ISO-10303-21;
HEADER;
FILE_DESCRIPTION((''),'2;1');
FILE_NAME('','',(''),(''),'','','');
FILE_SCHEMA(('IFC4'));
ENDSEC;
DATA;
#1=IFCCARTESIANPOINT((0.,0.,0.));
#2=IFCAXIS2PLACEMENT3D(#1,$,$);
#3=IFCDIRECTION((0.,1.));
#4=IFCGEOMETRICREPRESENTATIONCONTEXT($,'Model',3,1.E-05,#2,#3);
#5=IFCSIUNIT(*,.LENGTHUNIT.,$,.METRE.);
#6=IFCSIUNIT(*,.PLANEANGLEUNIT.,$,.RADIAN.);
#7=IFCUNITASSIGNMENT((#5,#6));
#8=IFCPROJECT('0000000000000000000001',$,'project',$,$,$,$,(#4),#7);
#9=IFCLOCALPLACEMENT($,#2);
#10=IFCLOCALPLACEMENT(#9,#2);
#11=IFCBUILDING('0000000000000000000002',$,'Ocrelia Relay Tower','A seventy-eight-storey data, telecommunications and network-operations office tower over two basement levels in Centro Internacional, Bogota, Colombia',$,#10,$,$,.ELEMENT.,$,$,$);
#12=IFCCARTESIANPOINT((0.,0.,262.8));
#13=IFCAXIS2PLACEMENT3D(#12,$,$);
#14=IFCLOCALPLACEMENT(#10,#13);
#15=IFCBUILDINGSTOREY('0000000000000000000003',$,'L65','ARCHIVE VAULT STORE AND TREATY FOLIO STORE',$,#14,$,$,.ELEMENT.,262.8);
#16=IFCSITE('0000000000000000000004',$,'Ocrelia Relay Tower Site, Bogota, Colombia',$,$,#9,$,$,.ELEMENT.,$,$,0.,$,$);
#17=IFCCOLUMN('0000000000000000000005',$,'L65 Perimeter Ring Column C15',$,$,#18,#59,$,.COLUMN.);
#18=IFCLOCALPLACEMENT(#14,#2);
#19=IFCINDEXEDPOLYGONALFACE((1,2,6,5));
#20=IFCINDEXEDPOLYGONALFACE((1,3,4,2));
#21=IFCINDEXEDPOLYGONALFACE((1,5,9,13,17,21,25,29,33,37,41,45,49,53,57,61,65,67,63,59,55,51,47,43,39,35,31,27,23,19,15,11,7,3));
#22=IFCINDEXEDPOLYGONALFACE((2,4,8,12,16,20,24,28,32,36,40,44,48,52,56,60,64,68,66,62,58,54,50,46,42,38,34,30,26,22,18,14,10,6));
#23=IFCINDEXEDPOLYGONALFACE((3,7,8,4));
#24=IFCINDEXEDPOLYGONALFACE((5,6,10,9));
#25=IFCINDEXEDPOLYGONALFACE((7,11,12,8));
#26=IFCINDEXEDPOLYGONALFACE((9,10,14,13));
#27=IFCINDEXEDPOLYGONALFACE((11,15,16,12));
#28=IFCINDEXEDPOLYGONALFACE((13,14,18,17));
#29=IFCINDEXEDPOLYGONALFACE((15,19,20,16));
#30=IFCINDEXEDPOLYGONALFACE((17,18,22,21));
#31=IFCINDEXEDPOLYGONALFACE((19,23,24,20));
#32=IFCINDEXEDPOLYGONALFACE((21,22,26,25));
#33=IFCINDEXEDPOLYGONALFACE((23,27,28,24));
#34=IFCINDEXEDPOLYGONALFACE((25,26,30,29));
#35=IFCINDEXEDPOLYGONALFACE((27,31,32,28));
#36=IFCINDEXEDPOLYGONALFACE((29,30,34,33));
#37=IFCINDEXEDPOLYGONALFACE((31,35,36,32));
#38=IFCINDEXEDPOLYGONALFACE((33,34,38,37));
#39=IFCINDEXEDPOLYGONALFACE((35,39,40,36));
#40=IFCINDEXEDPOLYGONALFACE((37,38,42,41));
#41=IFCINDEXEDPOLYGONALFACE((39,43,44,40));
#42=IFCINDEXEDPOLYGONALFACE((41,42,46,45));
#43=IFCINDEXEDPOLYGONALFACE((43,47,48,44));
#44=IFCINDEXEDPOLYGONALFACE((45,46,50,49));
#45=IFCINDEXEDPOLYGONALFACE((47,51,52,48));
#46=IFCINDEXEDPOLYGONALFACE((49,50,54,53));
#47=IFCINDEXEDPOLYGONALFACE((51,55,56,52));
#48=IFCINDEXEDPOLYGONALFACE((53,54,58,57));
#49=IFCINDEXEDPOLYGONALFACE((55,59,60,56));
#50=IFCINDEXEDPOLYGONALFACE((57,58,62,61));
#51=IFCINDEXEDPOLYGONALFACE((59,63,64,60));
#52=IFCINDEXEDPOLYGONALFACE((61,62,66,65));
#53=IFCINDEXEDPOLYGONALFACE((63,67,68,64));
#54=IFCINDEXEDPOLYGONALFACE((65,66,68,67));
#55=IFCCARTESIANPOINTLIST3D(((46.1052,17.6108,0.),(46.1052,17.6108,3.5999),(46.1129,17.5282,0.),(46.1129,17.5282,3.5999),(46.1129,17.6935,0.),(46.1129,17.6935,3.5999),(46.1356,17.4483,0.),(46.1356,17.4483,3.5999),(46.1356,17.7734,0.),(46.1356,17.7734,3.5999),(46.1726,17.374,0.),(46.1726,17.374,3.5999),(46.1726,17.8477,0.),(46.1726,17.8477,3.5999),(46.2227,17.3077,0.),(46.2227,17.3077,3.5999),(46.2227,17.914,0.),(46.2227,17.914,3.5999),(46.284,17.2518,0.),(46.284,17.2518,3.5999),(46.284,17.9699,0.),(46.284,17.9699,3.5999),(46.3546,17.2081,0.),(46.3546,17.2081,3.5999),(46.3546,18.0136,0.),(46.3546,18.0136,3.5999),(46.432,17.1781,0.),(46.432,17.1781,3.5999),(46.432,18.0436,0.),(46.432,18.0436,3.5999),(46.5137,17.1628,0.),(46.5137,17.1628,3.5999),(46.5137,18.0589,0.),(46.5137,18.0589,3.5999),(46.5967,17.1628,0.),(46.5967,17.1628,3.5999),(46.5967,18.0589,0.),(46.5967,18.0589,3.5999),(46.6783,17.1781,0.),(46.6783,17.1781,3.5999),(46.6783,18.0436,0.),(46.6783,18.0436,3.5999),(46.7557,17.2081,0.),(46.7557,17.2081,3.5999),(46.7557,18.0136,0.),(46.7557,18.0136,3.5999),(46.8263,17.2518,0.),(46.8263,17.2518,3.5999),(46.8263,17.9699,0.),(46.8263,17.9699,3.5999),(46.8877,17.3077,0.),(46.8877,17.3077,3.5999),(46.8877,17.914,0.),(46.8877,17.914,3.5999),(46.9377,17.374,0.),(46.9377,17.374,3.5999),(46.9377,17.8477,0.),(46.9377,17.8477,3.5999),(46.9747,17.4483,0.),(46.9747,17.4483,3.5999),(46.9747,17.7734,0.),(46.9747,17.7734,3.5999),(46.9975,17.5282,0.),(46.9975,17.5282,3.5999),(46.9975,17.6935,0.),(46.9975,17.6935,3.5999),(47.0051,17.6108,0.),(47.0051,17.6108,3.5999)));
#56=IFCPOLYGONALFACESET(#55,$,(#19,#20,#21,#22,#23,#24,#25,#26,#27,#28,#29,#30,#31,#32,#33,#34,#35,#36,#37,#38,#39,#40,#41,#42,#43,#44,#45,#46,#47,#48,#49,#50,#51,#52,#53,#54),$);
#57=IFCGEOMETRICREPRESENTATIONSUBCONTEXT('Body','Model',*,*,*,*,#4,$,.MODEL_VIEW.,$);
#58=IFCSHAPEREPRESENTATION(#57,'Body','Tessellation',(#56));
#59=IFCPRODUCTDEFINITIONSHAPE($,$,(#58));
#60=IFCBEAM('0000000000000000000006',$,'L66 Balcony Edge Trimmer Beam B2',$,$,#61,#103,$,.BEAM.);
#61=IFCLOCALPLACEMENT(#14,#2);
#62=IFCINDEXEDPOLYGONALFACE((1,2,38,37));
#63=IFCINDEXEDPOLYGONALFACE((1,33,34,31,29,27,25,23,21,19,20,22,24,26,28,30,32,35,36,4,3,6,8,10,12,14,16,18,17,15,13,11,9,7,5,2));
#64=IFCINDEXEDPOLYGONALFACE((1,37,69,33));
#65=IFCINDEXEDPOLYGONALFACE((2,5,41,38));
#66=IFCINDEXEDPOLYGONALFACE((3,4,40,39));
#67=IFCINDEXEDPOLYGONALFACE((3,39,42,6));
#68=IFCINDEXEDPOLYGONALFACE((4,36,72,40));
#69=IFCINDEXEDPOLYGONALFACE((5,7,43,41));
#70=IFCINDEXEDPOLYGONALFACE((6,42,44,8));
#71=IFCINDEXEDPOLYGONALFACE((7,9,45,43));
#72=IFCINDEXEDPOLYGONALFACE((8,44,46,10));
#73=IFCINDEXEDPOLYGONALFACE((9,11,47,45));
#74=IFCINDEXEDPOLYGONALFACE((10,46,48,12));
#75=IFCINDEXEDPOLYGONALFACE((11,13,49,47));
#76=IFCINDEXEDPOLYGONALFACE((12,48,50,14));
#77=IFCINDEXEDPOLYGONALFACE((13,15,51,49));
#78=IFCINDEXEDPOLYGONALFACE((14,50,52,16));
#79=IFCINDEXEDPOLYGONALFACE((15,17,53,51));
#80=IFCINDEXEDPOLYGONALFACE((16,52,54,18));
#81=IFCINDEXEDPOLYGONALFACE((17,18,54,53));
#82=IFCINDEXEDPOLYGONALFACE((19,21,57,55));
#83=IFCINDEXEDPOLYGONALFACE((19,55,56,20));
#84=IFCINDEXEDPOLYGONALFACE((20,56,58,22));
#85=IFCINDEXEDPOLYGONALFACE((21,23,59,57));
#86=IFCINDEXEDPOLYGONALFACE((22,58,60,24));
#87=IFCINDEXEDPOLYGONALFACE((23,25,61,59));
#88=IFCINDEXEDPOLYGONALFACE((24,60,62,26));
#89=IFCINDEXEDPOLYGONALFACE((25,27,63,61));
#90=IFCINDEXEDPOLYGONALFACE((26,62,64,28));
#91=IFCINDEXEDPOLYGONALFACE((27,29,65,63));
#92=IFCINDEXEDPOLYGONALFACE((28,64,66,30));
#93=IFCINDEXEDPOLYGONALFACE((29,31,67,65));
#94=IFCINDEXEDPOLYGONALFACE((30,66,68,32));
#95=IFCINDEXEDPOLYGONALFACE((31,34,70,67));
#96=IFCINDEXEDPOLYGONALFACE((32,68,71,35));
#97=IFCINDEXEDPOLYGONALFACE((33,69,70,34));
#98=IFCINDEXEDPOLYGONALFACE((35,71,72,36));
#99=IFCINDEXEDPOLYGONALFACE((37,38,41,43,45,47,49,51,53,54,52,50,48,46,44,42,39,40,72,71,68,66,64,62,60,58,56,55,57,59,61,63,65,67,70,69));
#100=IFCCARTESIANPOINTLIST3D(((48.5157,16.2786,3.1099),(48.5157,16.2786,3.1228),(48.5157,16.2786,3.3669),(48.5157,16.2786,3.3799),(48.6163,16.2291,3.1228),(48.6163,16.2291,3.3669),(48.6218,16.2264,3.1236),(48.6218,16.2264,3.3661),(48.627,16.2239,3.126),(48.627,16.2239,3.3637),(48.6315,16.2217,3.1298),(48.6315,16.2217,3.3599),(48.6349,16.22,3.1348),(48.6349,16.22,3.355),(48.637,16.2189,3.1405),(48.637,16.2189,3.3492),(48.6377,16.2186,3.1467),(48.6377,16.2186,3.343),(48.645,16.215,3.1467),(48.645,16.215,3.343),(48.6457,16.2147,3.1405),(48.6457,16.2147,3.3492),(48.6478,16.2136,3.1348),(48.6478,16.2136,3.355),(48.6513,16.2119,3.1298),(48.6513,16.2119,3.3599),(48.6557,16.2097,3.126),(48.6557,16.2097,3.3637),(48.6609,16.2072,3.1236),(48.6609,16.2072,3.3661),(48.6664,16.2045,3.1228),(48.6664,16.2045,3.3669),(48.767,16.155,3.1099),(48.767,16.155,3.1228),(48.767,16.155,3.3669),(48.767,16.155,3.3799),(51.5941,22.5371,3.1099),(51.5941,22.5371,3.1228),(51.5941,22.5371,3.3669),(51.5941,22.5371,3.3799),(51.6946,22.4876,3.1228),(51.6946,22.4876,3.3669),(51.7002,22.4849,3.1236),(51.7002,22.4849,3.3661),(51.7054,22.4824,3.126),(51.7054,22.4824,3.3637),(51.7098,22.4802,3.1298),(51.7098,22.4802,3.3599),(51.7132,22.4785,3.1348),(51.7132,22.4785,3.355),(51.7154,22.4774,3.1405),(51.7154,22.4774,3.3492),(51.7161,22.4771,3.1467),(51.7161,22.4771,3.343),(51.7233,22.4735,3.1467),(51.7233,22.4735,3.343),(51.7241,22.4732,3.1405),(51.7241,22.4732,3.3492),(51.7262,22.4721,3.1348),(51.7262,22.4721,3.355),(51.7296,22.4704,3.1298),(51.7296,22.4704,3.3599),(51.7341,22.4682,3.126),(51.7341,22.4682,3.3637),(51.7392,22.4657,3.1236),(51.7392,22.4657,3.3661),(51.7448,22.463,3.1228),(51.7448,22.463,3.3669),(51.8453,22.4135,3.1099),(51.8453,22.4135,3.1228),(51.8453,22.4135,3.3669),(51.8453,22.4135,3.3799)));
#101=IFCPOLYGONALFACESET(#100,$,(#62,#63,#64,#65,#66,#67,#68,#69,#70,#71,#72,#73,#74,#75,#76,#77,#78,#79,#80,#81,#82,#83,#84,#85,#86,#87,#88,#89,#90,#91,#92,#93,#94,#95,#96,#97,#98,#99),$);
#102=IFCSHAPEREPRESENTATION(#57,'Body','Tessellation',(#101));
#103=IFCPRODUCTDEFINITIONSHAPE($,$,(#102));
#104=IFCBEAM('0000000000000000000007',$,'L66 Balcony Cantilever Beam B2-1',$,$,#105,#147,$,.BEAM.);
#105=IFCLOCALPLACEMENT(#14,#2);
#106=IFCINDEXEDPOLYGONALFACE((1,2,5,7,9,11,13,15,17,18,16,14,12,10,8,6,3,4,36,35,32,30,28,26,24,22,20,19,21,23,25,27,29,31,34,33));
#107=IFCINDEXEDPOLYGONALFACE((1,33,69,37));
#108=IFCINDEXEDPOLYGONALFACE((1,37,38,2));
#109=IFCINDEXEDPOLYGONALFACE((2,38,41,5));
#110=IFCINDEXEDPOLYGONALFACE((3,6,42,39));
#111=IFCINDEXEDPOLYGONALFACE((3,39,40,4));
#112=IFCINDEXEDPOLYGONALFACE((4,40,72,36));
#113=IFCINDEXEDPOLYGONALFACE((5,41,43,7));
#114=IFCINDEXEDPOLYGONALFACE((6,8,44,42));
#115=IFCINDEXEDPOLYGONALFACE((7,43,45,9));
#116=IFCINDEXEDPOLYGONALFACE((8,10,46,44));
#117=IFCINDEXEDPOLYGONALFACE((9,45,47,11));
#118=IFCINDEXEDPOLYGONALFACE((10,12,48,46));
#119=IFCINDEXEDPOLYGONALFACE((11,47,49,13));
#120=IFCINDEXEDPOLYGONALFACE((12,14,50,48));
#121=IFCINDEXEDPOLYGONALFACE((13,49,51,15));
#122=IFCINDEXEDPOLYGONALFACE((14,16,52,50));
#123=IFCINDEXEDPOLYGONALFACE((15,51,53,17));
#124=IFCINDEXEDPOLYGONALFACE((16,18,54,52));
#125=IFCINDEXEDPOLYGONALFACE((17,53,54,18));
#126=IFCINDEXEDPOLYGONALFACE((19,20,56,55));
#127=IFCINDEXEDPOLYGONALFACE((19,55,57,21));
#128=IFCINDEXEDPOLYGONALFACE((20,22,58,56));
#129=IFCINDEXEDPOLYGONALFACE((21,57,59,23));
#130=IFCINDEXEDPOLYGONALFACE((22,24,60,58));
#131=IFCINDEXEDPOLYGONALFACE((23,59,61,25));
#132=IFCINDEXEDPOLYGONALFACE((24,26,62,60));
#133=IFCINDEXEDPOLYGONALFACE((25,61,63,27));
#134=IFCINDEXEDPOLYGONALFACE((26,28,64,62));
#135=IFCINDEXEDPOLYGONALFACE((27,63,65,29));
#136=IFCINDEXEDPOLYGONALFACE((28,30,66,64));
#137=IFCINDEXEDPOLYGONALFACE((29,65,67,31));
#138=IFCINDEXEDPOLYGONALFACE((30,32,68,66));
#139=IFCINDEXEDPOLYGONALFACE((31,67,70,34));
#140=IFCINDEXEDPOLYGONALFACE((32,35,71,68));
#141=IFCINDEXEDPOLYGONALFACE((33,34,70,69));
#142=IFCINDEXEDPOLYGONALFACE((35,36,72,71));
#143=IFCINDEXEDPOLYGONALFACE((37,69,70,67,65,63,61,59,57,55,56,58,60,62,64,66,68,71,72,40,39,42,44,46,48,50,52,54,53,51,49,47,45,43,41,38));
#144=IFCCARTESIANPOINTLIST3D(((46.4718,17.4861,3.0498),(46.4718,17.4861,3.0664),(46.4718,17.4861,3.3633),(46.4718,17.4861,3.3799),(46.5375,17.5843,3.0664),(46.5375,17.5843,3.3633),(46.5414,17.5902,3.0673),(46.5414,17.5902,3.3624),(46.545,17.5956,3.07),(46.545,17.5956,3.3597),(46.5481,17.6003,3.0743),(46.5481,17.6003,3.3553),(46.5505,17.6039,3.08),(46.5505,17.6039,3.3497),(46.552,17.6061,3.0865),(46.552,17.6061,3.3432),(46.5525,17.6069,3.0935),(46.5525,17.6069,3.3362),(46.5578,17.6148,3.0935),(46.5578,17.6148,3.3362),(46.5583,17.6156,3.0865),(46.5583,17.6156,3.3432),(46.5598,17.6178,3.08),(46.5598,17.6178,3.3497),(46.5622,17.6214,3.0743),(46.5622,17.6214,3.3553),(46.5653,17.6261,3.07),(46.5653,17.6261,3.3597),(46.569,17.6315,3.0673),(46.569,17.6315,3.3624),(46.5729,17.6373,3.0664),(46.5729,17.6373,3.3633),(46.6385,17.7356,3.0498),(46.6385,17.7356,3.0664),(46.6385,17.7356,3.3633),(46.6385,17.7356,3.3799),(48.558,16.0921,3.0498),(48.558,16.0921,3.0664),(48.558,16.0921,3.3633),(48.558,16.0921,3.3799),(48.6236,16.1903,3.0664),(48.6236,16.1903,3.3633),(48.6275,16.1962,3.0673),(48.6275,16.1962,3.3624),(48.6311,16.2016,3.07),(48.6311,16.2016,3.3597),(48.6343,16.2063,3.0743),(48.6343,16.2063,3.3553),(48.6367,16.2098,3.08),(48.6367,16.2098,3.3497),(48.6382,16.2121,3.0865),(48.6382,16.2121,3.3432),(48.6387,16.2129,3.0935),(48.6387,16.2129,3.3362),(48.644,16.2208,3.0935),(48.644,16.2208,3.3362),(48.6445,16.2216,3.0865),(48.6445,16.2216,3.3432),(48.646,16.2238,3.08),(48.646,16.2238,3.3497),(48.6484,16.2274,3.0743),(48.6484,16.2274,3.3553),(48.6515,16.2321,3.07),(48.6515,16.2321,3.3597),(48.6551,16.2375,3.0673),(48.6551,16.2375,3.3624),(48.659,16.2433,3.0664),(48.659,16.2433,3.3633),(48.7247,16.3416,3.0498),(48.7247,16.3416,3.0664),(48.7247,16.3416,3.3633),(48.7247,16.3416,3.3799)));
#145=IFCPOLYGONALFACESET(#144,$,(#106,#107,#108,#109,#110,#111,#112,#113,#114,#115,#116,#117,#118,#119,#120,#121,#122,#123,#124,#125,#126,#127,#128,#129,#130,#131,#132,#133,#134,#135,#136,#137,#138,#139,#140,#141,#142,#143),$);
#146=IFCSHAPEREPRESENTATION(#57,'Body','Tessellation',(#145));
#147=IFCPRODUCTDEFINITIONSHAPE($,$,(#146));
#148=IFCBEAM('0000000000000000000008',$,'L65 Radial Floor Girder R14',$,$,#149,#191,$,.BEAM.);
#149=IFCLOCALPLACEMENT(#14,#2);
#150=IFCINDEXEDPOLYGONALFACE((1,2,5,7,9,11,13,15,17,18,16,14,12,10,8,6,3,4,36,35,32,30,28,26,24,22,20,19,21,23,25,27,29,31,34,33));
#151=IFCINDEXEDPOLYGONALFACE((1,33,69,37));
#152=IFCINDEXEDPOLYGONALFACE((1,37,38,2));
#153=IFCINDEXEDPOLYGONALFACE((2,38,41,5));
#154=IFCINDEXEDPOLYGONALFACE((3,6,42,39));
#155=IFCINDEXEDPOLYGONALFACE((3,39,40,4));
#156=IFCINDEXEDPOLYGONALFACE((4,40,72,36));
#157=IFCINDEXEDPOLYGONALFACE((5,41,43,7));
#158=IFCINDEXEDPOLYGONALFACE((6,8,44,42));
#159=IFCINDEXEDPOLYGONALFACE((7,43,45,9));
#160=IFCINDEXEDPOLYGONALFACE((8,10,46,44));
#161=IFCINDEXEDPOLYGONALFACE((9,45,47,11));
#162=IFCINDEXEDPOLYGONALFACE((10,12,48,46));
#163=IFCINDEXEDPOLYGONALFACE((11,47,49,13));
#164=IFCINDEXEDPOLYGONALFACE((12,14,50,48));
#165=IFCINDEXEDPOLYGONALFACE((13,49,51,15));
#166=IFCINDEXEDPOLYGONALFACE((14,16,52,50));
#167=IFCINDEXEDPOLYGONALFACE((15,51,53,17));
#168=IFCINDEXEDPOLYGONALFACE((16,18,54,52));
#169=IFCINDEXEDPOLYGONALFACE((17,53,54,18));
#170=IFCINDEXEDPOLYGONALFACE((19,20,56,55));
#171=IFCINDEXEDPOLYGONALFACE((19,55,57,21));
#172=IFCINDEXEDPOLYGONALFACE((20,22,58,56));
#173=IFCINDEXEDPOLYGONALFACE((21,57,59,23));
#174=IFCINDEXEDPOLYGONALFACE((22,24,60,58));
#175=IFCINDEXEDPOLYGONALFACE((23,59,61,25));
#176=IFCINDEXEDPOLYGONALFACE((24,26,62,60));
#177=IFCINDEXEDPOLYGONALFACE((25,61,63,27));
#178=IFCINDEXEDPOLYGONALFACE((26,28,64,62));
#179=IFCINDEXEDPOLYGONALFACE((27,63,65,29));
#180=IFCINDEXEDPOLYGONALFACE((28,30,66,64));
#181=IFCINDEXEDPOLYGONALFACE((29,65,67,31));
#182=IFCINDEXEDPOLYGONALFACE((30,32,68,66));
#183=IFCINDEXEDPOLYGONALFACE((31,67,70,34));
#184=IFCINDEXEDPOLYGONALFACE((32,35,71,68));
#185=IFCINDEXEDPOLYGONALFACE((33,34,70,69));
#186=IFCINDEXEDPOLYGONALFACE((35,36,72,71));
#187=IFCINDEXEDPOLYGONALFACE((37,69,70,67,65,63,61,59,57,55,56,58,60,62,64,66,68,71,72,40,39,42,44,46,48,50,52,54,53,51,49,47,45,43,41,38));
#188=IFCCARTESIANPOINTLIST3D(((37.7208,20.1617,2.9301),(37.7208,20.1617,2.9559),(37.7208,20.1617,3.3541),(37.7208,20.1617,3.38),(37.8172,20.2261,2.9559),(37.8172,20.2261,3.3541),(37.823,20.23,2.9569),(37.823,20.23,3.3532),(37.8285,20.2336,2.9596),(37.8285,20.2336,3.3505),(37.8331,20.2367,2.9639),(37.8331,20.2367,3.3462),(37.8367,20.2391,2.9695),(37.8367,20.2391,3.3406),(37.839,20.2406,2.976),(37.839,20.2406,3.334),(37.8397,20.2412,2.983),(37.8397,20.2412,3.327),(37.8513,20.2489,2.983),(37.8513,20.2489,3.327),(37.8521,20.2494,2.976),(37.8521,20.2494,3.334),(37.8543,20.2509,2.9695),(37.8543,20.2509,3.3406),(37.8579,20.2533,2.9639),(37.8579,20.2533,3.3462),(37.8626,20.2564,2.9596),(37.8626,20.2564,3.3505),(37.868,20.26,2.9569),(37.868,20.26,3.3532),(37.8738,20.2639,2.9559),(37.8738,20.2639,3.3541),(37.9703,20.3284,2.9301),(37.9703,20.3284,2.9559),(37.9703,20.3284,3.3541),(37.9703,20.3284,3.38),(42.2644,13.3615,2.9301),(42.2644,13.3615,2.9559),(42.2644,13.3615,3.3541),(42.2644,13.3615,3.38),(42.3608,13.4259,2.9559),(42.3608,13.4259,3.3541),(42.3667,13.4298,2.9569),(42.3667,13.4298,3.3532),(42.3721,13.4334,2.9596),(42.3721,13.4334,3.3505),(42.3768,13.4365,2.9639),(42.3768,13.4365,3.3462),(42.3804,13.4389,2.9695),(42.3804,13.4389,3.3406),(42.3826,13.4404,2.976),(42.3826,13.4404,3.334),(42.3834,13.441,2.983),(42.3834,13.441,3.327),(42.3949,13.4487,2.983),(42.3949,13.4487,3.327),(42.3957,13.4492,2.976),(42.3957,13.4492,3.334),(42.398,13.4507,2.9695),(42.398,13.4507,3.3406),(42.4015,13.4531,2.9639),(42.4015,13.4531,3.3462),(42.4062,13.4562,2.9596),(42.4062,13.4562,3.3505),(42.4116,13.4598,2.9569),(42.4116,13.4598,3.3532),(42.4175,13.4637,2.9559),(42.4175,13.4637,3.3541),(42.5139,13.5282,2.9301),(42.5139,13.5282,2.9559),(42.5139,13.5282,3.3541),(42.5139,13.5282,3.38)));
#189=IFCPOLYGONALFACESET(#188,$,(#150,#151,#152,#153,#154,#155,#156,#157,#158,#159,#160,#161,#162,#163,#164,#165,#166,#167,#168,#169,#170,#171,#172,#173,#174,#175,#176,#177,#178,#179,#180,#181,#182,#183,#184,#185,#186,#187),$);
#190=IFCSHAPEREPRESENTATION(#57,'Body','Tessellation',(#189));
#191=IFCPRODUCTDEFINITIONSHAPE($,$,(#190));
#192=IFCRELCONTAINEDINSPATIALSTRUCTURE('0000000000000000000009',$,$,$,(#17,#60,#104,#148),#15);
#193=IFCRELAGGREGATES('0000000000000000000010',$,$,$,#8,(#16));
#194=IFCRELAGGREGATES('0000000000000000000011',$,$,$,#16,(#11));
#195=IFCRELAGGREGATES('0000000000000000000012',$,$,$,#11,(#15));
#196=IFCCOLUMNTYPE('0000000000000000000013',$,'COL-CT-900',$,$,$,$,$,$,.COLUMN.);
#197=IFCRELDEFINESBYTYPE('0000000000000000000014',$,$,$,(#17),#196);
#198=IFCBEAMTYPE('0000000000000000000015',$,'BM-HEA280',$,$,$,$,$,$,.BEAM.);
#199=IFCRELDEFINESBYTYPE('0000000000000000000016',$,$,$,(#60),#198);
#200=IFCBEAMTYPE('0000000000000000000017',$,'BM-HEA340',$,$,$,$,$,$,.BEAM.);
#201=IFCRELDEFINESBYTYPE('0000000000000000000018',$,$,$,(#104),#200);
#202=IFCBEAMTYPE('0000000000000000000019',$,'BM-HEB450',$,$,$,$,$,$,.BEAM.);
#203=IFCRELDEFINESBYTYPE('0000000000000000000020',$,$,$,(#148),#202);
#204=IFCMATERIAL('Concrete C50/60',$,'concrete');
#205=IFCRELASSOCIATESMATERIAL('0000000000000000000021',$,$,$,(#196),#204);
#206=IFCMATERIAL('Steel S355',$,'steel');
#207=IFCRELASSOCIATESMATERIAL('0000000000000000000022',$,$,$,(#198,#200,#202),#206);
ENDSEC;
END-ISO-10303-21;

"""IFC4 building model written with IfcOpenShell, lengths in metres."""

from ifc_helpers import new_model, si_unit, direction, frame, origin, origin_2d, place, context, subcontext, project, spatial, circle, i_section, extrude, material, material_profile, profile_set, type_object, element, save


model = new_model("IFC4")

# Units and contexts
model_context = context("Model", 3, precision=1e-05, world=origin(), true_north=direction((0.0, 1.0)))
body_context = subcontext(model_context, "Body", "Model", "MODEL_VIEW")
ifc_project = project(units=[si_unit("LENGTHUNIT", "METRE"), si_unit("PLANEANGLEUNIT", "RADIAN")], contexts=[model_context])

# Site, building, storey
site_placement = place(None, origin())
site = spatial("IfcSite", under=ifc_project, at=site_placement, Name="Ocrelia Relay Tower Site, Bogota, Colombia", CompositionType="ELEMENT", RefElevation=0.0)
building_placement = place(site_placement, origin())
building = spatial("IfcBuilding", under=site, at=building_placement, Name="Ocrelia Relay Tower", Description="A seventy-eight-storey data, telecommunications and network-operations office tower over two basement levels in Centro Internacional, Bogota, Colombia", CompositionType="ELEMENT")
storey_placement = place(building_placement, frame((0.0, 0.0, 262.8)))
storey = spatial("IfcBuildingStorey", under=building, at=storey_placement, Name="L65", Description="ARCHIVE VAULT STORE AND TREATY FOLIO STORE", CompositionType="ELEMENT", Elevation=262.8)

# Column
ifc_material_1 = material(Name="Concrete C50/60", Category="concrete")
ifc_material_profile_1 = material_profile(ifc_material_1, circle(Radius=0.45, at=origin_2d()), Name="RC-CIR-900")
ifc_profile_set_1 = profile_set([ifc_material_profile_1], Name="Concrete C50/60")
column_type = type_object("IfcColumnType", Name="COL-CT-900", PredefinedType="COLUMN", material=ifc_profile_set_1)
column_placement = place(storey_placement, frame((46.5552, 17.6108, 0.0), z_axis=(0.0, 0.0, 1.0), x_axis=(1.0, 0.0, 0.0)))
element("IfcColumn", 1, at=column_placement, inside=storey, type_object=column_type, Name="L65 Perimeter Ring Column C15", PredefinedType="COLUMN", context=body_context, shape_type="SweptSolid", body=[
    extrude(circle(Radius=0.45, at=origin_2d()), origin(), (0.0, 0.0, 1.0), 3.5999),
])

# Beams
ifc_material_2 = material(Name="Steel S355", Category="steel")
ifc_material_profile_2 = material_profile(ifc_material_2, i_section(OverallWidth=0.28, OverallDepth=0.27, WebThickness=0.0081, FlangeThickness=0.0129, FilletRadius=0.0239, at=origin_2d()), Name="HEA 280")
ifc_profile_set_2 = profile_set([ifc_material_profile_2], Name="Steel S355")
beam_type_1 = type_object("IfcBeamType", Name="BM-HEA280", PredefinedType="BEAM", material=ifc_profile_set_2)
beam_1_placement = place(storey_placement, frame((48.6414, 16.2168, 3.2449), z_axis=(0.441365, 0.897327, 0.0), x_axis=(-0.897327, 0.441365, 0.0)))
element("IfcBeam", 2, at=beam_1_placement, inside=storey, type_object=beam_type_1, Name="L66 Balcony Edge Trimmer Beam B2", PredefinedType="BEAM", context=body_context, shape_type="SweptSolid", body=[
    extrude(i_section(OverallWidth=0.28, OverallDepth=0.27, WebThickness=0.0081, FlangeThickness=0.0129, FilletRadius=0.0239, at=origin_2d()), origin(), (0.0, 0.0, 1.0), 6.9746),
])
ifc_material_profile_3 = material_profile(ifc_material_2, i_section(OverallWidth=0.3, OverallDepth=0.3301, WebThickness=0.0095, FlangeThickness=0.0166, FilletRadius=0.0271, at=origin_2d()), Name="HEA 340")
ifc_profile_set_3 = profile_set([ifc_material_profile_3], Name="Steel S355")
beam_type_2 = type_object("IfcBeamType", Name="BM-HEA340", PredefinedType="BEAM", material=ifc_profile_set_3)
beam_2_placement = place(storey_placement, frame((46.5552, 17.6108, 3.2148), z_axis=(0.831451, -0.555598, 0.0), x_axis=(0.555598, 0.831451, 0.0)))
element("IfcBeam", 3, at=beam_2_placement, inside=storey, type_object=beam_type_2, Name="L66 Balcony Cantilever Beam B2-1", PredefinedType="BEAM", context=body_context, shape_type="SweptSolid", body=[
    extrude(i_section(OverallWidth=0.3, OverallDepth=0.3301, WebThickness=0.0095, FlangeThickness=0.0166, FilletRadius=0.0271, at=origin_2d()), origin(), (0.0, 0.0, 1.0), 2.509),
])
ifc_material_profile_4 = material_profile(ifc_material_2, i_section(OverallWidth=0.3, OverallDepth=0.45, WebThickness=0.0139, FlangeThickness=0.0259, FilletRadius=0.0271, at=origin_2d()), Name="HEB 450")
ifc_profile_set_4 = profile_set([ifc_material_profile_4], Name="Steel S355")
beam_type_3 = type_object("IfcBeamType", Name="BM-HEB450", PredefinedType="BEAM", material=ifc_profile_set_4)
beam_3_placement = place(storey_placement, frame((42.3892, 13.4448, 3.155), z_axis=(-0.555561, 0.831476, 0.0), x_axis=(-0.831476, -0.555561, 0.0)))
element("IfcBeam", 4, at=beam_3_placement, inside=storey, type_object=beam_type_3, Name="L65 Radial Floor Girder R14", PredefinedType="BEAM", context=body_context, shape_type="SweptSolid", body=[
    extrude(i_section(OverallWidth=0.3, OverallDepth=0.45, WebThickness=0.0139, FlangeThickness=0.0259, FilletRadius=0.0271, at=origin_2d()), origin(), (0.0, 0.0, 1.0), 8.1785),
])

save(model, "model.ifc")
